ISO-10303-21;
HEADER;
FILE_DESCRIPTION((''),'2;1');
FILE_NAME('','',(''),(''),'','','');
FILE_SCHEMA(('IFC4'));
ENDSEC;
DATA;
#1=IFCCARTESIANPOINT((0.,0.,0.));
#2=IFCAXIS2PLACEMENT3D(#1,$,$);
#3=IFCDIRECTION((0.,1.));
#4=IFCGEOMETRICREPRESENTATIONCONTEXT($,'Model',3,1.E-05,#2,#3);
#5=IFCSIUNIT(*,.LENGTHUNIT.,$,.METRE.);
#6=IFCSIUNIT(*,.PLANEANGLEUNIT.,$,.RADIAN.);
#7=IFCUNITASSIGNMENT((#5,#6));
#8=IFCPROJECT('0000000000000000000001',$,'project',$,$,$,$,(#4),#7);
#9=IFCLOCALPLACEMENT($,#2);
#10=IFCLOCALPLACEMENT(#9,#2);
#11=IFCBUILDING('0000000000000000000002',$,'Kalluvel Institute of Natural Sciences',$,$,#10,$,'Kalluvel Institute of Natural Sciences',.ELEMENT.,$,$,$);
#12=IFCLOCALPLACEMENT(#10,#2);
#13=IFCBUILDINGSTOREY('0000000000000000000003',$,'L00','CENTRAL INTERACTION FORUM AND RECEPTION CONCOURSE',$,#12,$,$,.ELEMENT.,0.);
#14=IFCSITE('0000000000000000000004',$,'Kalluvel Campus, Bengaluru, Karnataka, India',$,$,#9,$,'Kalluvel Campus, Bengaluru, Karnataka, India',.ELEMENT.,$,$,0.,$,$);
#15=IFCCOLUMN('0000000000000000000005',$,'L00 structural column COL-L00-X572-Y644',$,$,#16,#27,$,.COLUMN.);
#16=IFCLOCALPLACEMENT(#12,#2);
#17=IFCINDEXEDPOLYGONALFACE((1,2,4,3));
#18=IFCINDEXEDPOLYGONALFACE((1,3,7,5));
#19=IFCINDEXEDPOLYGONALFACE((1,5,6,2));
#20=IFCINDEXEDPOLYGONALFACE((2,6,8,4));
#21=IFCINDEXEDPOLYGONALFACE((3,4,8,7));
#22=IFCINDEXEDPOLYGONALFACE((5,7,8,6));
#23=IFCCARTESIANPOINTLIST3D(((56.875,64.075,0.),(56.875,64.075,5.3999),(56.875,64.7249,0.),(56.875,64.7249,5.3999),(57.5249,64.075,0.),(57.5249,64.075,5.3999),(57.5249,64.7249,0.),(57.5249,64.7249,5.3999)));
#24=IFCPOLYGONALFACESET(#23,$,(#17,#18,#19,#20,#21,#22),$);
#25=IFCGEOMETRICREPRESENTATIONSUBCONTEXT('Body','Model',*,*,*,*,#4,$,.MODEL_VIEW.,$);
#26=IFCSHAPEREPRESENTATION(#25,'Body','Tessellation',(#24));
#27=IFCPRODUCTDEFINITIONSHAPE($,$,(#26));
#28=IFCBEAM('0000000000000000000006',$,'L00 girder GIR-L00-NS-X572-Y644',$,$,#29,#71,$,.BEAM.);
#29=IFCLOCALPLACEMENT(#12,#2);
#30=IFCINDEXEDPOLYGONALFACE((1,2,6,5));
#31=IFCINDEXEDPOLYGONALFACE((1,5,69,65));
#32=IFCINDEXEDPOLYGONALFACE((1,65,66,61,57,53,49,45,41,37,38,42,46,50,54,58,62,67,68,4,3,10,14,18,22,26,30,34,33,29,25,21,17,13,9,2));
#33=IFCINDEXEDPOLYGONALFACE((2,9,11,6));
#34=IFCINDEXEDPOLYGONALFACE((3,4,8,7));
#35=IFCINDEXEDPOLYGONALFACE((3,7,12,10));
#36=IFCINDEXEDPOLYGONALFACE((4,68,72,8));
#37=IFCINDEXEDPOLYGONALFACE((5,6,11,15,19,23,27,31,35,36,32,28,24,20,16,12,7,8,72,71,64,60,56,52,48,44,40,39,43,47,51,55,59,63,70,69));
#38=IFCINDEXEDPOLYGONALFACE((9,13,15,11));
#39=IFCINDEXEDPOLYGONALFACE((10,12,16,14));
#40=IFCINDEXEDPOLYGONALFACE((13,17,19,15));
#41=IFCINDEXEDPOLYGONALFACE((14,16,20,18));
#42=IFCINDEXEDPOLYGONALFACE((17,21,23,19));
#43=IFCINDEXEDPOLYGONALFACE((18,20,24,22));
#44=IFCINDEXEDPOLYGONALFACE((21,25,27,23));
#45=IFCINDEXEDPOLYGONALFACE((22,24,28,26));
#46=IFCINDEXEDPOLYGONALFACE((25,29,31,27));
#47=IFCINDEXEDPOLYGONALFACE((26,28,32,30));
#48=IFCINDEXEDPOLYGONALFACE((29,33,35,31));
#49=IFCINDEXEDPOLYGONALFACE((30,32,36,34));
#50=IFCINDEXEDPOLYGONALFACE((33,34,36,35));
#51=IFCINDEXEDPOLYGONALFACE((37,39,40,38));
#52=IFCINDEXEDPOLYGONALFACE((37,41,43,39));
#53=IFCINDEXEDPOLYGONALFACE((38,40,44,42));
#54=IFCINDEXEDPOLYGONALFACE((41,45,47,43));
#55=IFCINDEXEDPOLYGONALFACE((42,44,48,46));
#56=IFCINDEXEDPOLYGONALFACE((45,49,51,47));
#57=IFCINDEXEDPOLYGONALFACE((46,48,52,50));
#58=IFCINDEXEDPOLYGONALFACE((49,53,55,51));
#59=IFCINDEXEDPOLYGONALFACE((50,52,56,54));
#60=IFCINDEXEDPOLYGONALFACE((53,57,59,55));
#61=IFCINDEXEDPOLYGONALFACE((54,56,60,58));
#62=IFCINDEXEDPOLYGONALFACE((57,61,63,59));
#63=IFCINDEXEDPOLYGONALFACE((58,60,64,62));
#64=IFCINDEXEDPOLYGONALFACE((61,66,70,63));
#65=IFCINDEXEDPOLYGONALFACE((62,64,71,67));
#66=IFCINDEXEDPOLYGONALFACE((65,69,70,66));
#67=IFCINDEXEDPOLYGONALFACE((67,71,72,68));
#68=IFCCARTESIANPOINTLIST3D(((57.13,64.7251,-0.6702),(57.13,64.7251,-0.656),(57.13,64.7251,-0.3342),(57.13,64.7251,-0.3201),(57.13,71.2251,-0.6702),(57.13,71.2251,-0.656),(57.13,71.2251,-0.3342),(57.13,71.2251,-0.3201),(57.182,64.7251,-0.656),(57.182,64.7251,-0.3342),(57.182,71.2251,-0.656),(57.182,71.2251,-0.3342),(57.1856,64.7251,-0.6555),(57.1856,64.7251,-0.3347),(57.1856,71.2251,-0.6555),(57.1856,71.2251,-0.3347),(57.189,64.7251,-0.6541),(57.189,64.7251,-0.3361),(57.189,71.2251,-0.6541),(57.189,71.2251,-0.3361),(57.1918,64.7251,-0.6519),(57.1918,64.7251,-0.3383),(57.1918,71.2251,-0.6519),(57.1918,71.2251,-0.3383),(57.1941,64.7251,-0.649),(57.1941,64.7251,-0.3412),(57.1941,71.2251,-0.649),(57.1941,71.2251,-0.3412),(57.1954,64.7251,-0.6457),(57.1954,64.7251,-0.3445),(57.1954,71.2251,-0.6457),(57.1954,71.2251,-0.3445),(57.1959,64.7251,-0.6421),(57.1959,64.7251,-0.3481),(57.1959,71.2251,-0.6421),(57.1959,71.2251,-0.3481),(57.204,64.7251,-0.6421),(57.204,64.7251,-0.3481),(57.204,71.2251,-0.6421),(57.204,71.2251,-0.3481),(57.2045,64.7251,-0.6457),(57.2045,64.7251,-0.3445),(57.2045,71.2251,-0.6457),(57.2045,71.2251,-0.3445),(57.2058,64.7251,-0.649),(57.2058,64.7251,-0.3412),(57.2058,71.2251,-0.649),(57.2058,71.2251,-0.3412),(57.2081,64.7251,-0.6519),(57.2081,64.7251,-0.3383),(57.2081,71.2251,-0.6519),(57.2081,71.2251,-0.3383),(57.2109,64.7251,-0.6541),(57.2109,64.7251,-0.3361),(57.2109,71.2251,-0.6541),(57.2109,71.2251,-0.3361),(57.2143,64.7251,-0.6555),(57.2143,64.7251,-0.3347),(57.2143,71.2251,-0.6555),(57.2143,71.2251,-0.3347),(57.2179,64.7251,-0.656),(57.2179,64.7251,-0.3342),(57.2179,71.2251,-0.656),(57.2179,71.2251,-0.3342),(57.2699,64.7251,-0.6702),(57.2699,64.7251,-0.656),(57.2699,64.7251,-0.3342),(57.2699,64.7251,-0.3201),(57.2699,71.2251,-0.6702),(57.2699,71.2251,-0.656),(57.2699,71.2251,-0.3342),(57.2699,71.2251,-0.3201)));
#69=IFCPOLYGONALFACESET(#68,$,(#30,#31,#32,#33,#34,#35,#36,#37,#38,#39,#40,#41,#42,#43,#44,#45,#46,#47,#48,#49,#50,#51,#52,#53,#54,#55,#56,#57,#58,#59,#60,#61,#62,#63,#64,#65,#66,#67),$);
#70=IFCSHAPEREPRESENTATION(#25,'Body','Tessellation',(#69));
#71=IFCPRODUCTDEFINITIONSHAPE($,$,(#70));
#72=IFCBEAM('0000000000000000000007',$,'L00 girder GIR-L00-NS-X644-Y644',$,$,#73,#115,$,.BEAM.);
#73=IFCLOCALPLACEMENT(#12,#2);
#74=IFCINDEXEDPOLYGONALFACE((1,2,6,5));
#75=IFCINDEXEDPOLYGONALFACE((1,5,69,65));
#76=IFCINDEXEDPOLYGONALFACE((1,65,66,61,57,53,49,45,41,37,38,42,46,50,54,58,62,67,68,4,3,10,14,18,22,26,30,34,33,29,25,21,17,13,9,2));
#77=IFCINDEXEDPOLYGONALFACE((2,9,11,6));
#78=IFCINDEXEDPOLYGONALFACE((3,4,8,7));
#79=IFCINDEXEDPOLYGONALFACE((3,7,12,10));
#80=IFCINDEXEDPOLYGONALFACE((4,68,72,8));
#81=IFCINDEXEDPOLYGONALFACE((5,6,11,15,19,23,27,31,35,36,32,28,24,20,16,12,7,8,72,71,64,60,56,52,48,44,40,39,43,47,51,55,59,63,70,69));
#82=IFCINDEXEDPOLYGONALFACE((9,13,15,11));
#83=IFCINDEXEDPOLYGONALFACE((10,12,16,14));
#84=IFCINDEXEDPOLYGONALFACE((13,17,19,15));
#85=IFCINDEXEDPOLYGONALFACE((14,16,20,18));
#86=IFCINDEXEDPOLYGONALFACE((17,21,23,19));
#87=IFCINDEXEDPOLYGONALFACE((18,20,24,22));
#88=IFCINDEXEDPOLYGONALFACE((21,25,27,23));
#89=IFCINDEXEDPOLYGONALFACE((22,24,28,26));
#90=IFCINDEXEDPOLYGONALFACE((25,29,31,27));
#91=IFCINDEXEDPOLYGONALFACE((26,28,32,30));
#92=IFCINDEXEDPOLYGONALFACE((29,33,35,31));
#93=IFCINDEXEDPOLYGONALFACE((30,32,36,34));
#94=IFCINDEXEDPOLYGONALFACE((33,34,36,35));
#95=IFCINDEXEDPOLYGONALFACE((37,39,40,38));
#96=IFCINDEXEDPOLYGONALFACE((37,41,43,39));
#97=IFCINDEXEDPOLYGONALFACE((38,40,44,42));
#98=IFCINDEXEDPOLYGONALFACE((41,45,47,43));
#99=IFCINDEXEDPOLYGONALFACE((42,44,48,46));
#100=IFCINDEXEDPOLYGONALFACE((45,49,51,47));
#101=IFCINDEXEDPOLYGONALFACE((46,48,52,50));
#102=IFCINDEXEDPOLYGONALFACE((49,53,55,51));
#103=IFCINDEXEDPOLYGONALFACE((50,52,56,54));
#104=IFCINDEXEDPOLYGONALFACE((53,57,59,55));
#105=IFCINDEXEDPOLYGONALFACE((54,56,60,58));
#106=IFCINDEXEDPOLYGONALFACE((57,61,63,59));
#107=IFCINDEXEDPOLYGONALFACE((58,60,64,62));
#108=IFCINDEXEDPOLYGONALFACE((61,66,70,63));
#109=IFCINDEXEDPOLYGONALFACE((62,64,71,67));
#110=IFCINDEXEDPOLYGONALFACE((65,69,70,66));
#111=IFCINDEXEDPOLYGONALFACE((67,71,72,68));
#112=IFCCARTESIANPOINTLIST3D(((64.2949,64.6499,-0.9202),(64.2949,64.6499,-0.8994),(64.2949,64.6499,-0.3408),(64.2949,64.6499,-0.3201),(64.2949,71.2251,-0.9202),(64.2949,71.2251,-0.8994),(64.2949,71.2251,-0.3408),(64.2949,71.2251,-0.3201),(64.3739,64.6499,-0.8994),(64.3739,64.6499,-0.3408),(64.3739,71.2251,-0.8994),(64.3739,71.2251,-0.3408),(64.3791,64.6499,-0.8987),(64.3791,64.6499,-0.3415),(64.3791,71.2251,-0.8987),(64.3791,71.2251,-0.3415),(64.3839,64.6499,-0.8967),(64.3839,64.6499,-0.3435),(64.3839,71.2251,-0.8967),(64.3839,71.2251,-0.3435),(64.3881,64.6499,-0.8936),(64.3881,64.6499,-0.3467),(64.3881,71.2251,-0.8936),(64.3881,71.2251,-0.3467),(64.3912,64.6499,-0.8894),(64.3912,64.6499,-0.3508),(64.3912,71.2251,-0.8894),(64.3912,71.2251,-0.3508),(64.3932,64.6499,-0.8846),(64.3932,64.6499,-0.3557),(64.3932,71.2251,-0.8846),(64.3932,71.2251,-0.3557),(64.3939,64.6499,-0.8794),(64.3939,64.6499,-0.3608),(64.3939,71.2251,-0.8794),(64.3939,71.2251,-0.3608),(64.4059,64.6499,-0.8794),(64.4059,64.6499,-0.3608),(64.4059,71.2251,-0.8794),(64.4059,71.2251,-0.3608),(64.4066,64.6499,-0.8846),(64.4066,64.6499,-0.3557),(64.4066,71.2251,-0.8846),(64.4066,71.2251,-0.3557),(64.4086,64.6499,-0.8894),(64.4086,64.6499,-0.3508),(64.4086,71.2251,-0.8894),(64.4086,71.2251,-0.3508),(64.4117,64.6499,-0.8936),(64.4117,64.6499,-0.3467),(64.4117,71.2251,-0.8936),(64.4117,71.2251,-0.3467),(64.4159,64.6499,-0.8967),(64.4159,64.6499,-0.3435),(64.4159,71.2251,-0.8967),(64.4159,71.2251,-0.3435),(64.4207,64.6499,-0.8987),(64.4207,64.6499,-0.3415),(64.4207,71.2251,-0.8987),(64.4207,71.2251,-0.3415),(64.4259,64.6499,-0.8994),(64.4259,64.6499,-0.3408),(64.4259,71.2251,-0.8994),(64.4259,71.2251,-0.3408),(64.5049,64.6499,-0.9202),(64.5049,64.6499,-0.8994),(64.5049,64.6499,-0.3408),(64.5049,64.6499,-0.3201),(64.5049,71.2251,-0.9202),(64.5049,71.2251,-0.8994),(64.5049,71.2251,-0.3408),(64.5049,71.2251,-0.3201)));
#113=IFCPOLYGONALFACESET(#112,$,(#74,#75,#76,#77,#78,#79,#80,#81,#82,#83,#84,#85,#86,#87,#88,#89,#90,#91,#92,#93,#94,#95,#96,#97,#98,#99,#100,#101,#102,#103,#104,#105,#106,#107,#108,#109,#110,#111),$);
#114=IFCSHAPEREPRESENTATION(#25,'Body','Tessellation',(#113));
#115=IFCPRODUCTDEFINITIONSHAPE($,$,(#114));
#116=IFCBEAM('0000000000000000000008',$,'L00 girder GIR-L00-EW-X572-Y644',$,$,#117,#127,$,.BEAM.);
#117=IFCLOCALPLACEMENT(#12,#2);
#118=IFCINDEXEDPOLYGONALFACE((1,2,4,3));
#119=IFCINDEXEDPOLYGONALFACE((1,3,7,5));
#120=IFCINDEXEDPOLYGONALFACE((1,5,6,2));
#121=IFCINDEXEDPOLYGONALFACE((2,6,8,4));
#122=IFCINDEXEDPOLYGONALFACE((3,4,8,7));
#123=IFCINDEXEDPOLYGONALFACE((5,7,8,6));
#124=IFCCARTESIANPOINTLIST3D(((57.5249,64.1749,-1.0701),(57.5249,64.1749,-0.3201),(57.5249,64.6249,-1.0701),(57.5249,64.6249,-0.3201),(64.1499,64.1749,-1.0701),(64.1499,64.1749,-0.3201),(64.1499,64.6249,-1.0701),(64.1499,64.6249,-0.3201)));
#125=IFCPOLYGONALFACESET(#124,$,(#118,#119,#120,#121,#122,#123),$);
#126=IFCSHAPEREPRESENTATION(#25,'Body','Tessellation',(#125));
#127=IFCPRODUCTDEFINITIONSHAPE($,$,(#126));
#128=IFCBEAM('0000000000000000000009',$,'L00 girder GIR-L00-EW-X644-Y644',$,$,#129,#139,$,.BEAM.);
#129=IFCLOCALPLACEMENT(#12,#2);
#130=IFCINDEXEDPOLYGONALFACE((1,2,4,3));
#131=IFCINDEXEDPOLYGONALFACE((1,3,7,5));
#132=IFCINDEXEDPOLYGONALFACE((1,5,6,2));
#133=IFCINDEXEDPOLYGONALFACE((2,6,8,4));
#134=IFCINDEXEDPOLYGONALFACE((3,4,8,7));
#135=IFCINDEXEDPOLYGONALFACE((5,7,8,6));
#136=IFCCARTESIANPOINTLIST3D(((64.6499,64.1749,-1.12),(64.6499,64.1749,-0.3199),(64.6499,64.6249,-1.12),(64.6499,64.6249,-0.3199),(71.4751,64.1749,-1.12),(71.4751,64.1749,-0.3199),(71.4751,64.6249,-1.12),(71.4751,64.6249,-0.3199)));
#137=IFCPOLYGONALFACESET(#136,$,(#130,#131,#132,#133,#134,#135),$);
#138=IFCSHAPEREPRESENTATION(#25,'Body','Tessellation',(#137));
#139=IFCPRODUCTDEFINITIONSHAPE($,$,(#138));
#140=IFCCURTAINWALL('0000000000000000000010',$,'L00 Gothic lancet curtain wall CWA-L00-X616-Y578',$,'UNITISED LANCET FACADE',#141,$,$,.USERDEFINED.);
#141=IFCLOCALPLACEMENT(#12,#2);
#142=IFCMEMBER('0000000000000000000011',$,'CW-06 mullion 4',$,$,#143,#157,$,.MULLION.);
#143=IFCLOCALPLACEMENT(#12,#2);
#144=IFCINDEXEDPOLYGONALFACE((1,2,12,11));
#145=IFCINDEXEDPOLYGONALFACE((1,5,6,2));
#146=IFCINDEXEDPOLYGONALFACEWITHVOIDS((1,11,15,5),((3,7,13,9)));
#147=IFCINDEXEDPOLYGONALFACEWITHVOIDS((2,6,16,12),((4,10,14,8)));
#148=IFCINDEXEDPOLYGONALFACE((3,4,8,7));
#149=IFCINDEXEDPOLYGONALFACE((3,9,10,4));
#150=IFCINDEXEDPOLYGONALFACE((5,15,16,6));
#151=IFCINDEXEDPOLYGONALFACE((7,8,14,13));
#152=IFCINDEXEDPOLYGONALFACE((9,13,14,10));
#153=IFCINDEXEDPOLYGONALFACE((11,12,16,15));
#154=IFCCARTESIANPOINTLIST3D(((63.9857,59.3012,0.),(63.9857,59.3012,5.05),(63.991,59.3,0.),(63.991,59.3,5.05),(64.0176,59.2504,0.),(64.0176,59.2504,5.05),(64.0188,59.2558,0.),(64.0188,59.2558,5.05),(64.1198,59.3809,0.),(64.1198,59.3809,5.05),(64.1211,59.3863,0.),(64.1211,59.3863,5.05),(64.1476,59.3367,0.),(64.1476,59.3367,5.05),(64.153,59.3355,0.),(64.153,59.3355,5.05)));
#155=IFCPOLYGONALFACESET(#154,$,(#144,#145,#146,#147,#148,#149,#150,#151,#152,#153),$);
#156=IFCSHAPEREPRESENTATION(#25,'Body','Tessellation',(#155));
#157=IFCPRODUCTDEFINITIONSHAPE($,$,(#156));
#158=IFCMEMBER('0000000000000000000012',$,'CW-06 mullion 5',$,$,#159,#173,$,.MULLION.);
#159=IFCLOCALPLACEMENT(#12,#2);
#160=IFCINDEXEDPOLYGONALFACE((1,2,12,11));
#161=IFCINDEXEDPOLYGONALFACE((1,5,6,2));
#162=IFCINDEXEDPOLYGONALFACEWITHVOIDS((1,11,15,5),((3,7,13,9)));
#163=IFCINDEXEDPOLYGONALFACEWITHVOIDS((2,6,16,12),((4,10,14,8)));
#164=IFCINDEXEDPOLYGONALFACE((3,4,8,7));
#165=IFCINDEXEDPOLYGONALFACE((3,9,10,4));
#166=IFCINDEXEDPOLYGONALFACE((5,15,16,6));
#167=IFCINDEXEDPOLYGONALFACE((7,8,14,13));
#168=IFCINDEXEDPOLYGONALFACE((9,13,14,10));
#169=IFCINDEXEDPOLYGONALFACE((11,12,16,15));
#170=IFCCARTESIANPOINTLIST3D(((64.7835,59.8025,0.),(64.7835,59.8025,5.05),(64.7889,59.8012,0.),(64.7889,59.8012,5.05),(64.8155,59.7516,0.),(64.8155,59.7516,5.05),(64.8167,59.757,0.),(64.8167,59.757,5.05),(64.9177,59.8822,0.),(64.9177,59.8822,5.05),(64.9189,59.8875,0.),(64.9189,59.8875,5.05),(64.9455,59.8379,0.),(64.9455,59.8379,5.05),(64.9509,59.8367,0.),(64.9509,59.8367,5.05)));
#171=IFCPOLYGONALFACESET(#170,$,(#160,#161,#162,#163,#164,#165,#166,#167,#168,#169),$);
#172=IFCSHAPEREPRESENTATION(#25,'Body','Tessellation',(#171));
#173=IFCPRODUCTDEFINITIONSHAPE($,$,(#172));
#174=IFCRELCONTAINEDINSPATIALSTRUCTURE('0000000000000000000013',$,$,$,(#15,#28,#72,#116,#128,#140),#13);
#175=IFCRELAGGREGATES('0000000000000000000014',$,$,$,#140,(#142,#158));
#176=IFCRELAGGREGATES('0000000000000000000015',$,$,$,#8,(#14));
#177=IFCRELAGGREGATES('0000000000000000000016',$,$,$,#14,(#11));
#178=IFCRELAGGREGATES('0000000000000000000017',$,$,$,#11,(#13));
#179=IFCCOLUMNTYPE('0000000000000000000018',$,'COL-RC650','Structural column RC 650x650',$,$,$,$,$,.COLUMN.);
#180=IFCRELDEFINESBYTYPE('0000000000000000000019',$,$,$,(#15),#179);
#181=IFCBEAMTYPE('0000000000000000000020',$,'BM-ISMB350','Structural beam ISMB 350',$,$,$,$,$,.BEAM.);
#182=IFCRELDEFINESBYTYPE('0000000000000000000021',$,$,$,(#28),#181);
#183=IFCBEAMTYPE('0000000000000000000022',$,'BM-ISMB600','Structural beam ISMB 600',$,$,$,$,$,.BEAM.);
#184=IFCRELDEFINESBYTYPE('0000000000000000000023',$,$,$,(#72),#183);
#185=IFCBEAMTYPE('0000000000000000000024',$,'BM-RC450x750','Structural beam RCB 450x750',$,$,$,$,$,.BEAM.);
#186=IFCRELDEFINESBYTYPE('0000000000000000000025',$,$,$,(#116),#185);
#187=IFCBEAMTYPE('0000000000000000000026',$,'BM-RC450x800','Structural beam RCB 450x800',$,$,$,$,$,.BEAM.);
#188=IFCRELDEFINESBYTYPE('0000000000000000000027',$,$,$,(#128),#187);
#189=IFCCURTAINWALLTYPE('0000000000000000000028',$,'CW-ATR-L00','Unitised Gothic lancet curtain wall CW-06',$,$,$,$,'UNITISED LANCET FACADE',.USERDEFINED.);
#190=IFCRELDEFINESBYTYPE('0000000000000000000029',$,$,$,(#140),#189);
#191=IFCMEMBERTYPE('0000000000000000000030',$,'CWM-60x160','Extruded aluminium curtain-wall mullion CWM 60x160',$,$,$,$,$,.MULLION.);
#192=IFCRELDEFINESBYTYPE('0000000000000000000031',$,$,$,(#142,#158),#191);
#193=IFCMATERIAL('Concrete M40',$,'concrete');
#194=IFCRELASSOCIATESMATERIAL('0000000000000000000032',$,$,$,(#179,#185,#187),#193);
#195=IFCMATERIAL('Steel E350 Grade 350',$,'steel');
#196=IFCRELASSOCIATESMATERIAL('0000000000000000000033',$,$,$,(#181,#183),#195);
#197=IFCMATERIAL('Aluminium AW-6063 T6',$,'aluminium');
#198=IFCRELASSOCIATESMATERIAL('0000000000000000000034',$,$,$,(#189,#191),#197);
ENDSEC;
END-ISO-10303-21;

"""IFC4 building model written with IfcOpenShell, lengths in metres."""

from ifc_helpers import new_model, si_unit, direction, frame, origin, origin_2d, place, context, subcontext, project, spatial, rectangle, hollow_rectangle, i_section, extrude, material, material_profile, profile_set, type_object, element, aggregate, save


model = new_model("IFC4")

# Units and contexts
model_context = context("Model", 3, precision=1e-05, world=origin(), true_north=direction((0.0, 1.0)))
body_context = subcontext(model_context, "Body", "Model", "MODEL_VIEW")
ifc_project = project(units=[si_unit("LENGTHUNIT", "METRE"), si_unit("PLANEANGLEUNIT", "RADIAN")], contexts=[model_context])

# Site, building, storey
site_placement = place(None, origin())
site = spatial("IfcSite", under=ifc_project, at=site_placement, Name="Kalluvel Campus, Bengaluru, Karnataka, India", LongName="Kalluvel Campus, Bengaluru, Karnataka, India", CompositionType="ELEMENT", RefElevation=0.0)
building_placement = place(site_placement, origin())
building = spatial("IfcBuilding", under=site, at=building_placement, Name="Kalluvel Institute of Natural Sciences", LongName="Kalluvel Institute of Natural Sciences", CompositionType="ELEMENT")
storey_placement = place(building_placement, origin())
storey = spatial("IfcBuildingStorey", under=building, at=storey_placement, Name="L00", Description="CENTRAL INTERACTION FORUM AND RECEPTION CONCOURSE", CompositionType="ELEMENT", Elevation=0.0)

# Column
ifc_material_1 = material(Name="Concrete M40", Category="concrete")
ifc_material_profile_1 = material_profile(ifc_material_1, rectangle(XDim=0.6499, YDim=0.6499, at=origin_2d()), Name="RC 650x650")
ifc_profile_set_1 = profile_set([ifc_material_profile_1], Name="Concrete M40")
column_type = type_object("IfcColumnType", Name="COL-RC650", Description="Structural column RC 650x650", PredefinedType="COLUMN", material=ifc_profile_set_1)
column_placement = place(storey_placement, frame((57.2, 64.3999, 0.0), z_axis=(0.0, 0.0, 1.0), x_axis=(1.0, 0.0, 0.0)))
element("IfcColumn", 1, at=column_placement, inside=storey, type_object=column_type, Name="L00 structural column COL-L00-X572-Y644", PredefinedType="COLUMN", context=body_context, shape_type="SweptSolid", body=[
    extrude(rectangle(XDim=0.6499, YDim=0.6499, at=origin_2d()), origin(), (0.0, 0.0, 1.0), 5.3999),
])

# Beams
ifc_material_2 = material(Name="Steel E350 Grade 350", Category="steel")
ifc_material_profile_2 = material_profile(ifc_material_2, i_section(OverallWidth=0.1399, OverallDepth=0.3501, WebThickness=0.0081, FlangeThickness=0.0142, FilletRadius=0.0139, at=origin_2d()), Name="ISMB 350")
ifc_profile_set_2 = profile_set([ifc_material_profile_2], Name="Steel E350 Grade 350")
beam_type_1 = type_object("IfcBeamType", Name="BM-ISMB350", Description="Structural beam ISMB 350", PredefinedType="BEAM", material=ifc_profile_set_2)
beam_1_placement = place(storey_placement, frame((57.2, 64.7251, -0.4951), z_axis=(0.0, 1.0, 0.0), x_axis=(-1.0, 0.0, 0.0)))
element("IfcBeam", 2, at=beam_1_placement, inside=storey, type_object=beam_type_1, Name="L00 girder GIR-L00-NS-X572-Y644", PredefinedType="BEAM", context=body_context, shape_type="SweptSolid", body=[
    extrude(i_section(OverallWidth=0.1399, OverallDepth=0.3501, WebThickness=0.0081, FlangeThickness=0.0142, FilletRadius=0.0139, at=origin_2d()), origin(), (0.0, 0.0, 1.0), 6.5),
])
ifc_material_profile_3 = material_profile(ifc_material_2, i_section(OverallWidth=0.21, OverallDepth=0.6001, WebThickness=0.012, FlangeThickness=0.0208, FilletRadius=0.02, at=origin_2d()), Name="ISMB 600")
ifc_profile_set_3 = profile_set([ifc_material_profile_3], Name="Steel E350 Grade 350")
beam_type_2 = type_object("IfcBeamType", Name="BM-ISMB600", Description="Structural beam ISMB 600", PredefinedType="BEAM", material=ifc_profile_set_3)
beam_2_placement = place(storey_placement, frame((64.3999, 64.6499, -0.6201), z_axis=(0.0, 1.0, 0.0), x_axis=(-1.0, 0.0, 0.0)))
element("IfcBeam", 3, at=beam_2_placement, inside=storey, type_object=beam_type_2, Name="L00 girder GIR-L00-NS-X644-Y644", PredefinedType="BEAM", context=body_context, shape_type="SweptSolid", body=[
    extrude(i_section(OverallWidth=0.21, OverallDepth=0.6001, WebThickness=0.012, FlangeThickness=0.0208, FilletRadius=0.02, at=origin_2d()), origin(), (0.0, 0.0, 1.0), 6.5752),
])
ifc_material_profile_4 = material_profile(ifc_material_1, rectangle(XDim=0.45, YDim=0.75, at=origin_2d()), Name="RCB 450x750")
ifc_profile_set_4 = profile_set([ifc_material_profile_4], Name="Concrete M40")
beam_type_3 = type_object("IfcBeamType", Name="BM-RC450x750", Description="Structural beam RCB 450x750", PredefinedType="BEAM", material=ifc_profile_set_4)
beam_3_placement = place(storey_placement, frame((57.5249, 64.3999, -0.6951), z_axis=(1.0, 0.0, 0.0), x_axis=(0.0, 1.0, 0.0)))
element("IfcBeam", 4, at=beam_3_placement, inside=storey, type_object=beam_type_3, Name="L00 girder GIR-L00-EW-X572-Y644", PredefinedType="BEAM", context=body_context, shape_type="SweptSolid", body=[
    extrude(rectangle(XDim=0.45, YDim=0.75, at=origin_2d()), origin(), (0.0, 0.0, 1.0), 6.625),
])
ifc_material_profile_5 = material_profile(ifc_material_1, rectangle(XDim=0.45, YDim=0.8, at=origin_2d()), Name="RCB 450x800")
ifc_profile_set_5 = profile_set([ifc_material_profile_5], Name="Concrete M40")
beam_type_4 = type_object("IfcBeamType", Name="BM-RC450x800", Description="Structural beam RCB 450x800", PredefinedType="BEAM", material=ifc_profile_set_5)
beam_4_placement = place(storey_placement, frame((64.6499, 64.3999, -0.72), z_axis=(1.0, 0.0, 0.0), x_axis=(0.0, 1.0, 0.0)))
element("IfcBeam", 5, at=beam_4_placement, inside=storey, type_object=beam_type_4, Name="L00 girder GIR-L00-EW-X644-Y644", PredefinedType="BEAM", context=body_context, shape_type="SweptSolid", body=[
    extrude(rectangle(XDim=0.45, YDim=0.8, at=origin_2d()), origin(), (0.0, 0.0, 1.0), 6.8252),
])

# Curtain wall, members
ifc_material_3 = material(Name="Aluminium AW-6063 T6", Category="aluminium")
curtain_wall_type = type_object("IfcCurtainWallType", Name="CW-ATR-L00", Description="Unitised Gothic lancet curtain wall CW-06", ElementType="UNITISED LANCET FACADE", PredefinedType="USERDEFINED", material=ifc_material_3)
curtain_wall_1_placement = place(storey_placement, origin())
curtain_wall_1 = element("IfcCurtainWall", 6, at=curtain_wall_1_placement, inside=storey, type_object=curtain_wall_type, Name="L00 Gothic lancet curtain wall CWA-L00-X616-Y578", ObjectType="UNITISED LANCET FACADE", PredefinedType="USERDEFINED")
ifc_material_profile_6 = material_profile(ifc_material_3, hollow_rectangle(XDim=0.0601, YDim=0.1599, WallThickness=0.0039, at=origin_2d()), Name="CWM 60x160")
ifc_profile_set_6 = profile_set([ifc_material_profile_6], Name="Aluminium AW-6063 T6")
member_type_1 = type_object("IfcMemberType", Name="CWM-60x160", Description="Extruded aluminium curtain-wall mullion CWM 60x160", PredefinedType="MULLION", material=ifc_profile_set_6)
member_1_placement = place(storey_placement, frame((64.0693, 59.3184, 0.0), z_axis=(0.0, 0.0, 1.0), x_axis=(-0.532036, 0.846722, 0.0)))
member_1 = element("IfcMember", 7, at=member_1_placement, type_object=member_type_1, Name="CW-06 mullion 4", PredefinedType="MULLION", context=body_context, shape_type="SweptSolid", body=[
    extrude(hollow_rectangle(XDim=0.0601, YDim=0.1599, WallThickness=0.0039, at=origin_2d()), origin(), (0.0, 0.0, 1.0), 5.05),
])
member_2_placement = place(storey_placement, frame((64.8672, 59.8196, 0.0), z_axis=(0.0, 0.0, 1.0), x_axis=(-0.532036, 0.846722, 0.0)))
member_2 = element("IfcMember", 8, at=member_2_placement, type_object=member_type_1, Name="CW-06 mullion 5", PredefinedType="MULLION", context=body_context, shape_type="SweptSolid", body=[
    extrude(hollow_rectangle(XDim=0.0601, YDim=0.1599, WallThickness=0.0039, at=origin_2d()), origin(), (0.0, 0.0, 1.0), 5.05),
])

aggregate(curtain_wall_1, [member_1, member_2])

save(model, "model.ifc")
